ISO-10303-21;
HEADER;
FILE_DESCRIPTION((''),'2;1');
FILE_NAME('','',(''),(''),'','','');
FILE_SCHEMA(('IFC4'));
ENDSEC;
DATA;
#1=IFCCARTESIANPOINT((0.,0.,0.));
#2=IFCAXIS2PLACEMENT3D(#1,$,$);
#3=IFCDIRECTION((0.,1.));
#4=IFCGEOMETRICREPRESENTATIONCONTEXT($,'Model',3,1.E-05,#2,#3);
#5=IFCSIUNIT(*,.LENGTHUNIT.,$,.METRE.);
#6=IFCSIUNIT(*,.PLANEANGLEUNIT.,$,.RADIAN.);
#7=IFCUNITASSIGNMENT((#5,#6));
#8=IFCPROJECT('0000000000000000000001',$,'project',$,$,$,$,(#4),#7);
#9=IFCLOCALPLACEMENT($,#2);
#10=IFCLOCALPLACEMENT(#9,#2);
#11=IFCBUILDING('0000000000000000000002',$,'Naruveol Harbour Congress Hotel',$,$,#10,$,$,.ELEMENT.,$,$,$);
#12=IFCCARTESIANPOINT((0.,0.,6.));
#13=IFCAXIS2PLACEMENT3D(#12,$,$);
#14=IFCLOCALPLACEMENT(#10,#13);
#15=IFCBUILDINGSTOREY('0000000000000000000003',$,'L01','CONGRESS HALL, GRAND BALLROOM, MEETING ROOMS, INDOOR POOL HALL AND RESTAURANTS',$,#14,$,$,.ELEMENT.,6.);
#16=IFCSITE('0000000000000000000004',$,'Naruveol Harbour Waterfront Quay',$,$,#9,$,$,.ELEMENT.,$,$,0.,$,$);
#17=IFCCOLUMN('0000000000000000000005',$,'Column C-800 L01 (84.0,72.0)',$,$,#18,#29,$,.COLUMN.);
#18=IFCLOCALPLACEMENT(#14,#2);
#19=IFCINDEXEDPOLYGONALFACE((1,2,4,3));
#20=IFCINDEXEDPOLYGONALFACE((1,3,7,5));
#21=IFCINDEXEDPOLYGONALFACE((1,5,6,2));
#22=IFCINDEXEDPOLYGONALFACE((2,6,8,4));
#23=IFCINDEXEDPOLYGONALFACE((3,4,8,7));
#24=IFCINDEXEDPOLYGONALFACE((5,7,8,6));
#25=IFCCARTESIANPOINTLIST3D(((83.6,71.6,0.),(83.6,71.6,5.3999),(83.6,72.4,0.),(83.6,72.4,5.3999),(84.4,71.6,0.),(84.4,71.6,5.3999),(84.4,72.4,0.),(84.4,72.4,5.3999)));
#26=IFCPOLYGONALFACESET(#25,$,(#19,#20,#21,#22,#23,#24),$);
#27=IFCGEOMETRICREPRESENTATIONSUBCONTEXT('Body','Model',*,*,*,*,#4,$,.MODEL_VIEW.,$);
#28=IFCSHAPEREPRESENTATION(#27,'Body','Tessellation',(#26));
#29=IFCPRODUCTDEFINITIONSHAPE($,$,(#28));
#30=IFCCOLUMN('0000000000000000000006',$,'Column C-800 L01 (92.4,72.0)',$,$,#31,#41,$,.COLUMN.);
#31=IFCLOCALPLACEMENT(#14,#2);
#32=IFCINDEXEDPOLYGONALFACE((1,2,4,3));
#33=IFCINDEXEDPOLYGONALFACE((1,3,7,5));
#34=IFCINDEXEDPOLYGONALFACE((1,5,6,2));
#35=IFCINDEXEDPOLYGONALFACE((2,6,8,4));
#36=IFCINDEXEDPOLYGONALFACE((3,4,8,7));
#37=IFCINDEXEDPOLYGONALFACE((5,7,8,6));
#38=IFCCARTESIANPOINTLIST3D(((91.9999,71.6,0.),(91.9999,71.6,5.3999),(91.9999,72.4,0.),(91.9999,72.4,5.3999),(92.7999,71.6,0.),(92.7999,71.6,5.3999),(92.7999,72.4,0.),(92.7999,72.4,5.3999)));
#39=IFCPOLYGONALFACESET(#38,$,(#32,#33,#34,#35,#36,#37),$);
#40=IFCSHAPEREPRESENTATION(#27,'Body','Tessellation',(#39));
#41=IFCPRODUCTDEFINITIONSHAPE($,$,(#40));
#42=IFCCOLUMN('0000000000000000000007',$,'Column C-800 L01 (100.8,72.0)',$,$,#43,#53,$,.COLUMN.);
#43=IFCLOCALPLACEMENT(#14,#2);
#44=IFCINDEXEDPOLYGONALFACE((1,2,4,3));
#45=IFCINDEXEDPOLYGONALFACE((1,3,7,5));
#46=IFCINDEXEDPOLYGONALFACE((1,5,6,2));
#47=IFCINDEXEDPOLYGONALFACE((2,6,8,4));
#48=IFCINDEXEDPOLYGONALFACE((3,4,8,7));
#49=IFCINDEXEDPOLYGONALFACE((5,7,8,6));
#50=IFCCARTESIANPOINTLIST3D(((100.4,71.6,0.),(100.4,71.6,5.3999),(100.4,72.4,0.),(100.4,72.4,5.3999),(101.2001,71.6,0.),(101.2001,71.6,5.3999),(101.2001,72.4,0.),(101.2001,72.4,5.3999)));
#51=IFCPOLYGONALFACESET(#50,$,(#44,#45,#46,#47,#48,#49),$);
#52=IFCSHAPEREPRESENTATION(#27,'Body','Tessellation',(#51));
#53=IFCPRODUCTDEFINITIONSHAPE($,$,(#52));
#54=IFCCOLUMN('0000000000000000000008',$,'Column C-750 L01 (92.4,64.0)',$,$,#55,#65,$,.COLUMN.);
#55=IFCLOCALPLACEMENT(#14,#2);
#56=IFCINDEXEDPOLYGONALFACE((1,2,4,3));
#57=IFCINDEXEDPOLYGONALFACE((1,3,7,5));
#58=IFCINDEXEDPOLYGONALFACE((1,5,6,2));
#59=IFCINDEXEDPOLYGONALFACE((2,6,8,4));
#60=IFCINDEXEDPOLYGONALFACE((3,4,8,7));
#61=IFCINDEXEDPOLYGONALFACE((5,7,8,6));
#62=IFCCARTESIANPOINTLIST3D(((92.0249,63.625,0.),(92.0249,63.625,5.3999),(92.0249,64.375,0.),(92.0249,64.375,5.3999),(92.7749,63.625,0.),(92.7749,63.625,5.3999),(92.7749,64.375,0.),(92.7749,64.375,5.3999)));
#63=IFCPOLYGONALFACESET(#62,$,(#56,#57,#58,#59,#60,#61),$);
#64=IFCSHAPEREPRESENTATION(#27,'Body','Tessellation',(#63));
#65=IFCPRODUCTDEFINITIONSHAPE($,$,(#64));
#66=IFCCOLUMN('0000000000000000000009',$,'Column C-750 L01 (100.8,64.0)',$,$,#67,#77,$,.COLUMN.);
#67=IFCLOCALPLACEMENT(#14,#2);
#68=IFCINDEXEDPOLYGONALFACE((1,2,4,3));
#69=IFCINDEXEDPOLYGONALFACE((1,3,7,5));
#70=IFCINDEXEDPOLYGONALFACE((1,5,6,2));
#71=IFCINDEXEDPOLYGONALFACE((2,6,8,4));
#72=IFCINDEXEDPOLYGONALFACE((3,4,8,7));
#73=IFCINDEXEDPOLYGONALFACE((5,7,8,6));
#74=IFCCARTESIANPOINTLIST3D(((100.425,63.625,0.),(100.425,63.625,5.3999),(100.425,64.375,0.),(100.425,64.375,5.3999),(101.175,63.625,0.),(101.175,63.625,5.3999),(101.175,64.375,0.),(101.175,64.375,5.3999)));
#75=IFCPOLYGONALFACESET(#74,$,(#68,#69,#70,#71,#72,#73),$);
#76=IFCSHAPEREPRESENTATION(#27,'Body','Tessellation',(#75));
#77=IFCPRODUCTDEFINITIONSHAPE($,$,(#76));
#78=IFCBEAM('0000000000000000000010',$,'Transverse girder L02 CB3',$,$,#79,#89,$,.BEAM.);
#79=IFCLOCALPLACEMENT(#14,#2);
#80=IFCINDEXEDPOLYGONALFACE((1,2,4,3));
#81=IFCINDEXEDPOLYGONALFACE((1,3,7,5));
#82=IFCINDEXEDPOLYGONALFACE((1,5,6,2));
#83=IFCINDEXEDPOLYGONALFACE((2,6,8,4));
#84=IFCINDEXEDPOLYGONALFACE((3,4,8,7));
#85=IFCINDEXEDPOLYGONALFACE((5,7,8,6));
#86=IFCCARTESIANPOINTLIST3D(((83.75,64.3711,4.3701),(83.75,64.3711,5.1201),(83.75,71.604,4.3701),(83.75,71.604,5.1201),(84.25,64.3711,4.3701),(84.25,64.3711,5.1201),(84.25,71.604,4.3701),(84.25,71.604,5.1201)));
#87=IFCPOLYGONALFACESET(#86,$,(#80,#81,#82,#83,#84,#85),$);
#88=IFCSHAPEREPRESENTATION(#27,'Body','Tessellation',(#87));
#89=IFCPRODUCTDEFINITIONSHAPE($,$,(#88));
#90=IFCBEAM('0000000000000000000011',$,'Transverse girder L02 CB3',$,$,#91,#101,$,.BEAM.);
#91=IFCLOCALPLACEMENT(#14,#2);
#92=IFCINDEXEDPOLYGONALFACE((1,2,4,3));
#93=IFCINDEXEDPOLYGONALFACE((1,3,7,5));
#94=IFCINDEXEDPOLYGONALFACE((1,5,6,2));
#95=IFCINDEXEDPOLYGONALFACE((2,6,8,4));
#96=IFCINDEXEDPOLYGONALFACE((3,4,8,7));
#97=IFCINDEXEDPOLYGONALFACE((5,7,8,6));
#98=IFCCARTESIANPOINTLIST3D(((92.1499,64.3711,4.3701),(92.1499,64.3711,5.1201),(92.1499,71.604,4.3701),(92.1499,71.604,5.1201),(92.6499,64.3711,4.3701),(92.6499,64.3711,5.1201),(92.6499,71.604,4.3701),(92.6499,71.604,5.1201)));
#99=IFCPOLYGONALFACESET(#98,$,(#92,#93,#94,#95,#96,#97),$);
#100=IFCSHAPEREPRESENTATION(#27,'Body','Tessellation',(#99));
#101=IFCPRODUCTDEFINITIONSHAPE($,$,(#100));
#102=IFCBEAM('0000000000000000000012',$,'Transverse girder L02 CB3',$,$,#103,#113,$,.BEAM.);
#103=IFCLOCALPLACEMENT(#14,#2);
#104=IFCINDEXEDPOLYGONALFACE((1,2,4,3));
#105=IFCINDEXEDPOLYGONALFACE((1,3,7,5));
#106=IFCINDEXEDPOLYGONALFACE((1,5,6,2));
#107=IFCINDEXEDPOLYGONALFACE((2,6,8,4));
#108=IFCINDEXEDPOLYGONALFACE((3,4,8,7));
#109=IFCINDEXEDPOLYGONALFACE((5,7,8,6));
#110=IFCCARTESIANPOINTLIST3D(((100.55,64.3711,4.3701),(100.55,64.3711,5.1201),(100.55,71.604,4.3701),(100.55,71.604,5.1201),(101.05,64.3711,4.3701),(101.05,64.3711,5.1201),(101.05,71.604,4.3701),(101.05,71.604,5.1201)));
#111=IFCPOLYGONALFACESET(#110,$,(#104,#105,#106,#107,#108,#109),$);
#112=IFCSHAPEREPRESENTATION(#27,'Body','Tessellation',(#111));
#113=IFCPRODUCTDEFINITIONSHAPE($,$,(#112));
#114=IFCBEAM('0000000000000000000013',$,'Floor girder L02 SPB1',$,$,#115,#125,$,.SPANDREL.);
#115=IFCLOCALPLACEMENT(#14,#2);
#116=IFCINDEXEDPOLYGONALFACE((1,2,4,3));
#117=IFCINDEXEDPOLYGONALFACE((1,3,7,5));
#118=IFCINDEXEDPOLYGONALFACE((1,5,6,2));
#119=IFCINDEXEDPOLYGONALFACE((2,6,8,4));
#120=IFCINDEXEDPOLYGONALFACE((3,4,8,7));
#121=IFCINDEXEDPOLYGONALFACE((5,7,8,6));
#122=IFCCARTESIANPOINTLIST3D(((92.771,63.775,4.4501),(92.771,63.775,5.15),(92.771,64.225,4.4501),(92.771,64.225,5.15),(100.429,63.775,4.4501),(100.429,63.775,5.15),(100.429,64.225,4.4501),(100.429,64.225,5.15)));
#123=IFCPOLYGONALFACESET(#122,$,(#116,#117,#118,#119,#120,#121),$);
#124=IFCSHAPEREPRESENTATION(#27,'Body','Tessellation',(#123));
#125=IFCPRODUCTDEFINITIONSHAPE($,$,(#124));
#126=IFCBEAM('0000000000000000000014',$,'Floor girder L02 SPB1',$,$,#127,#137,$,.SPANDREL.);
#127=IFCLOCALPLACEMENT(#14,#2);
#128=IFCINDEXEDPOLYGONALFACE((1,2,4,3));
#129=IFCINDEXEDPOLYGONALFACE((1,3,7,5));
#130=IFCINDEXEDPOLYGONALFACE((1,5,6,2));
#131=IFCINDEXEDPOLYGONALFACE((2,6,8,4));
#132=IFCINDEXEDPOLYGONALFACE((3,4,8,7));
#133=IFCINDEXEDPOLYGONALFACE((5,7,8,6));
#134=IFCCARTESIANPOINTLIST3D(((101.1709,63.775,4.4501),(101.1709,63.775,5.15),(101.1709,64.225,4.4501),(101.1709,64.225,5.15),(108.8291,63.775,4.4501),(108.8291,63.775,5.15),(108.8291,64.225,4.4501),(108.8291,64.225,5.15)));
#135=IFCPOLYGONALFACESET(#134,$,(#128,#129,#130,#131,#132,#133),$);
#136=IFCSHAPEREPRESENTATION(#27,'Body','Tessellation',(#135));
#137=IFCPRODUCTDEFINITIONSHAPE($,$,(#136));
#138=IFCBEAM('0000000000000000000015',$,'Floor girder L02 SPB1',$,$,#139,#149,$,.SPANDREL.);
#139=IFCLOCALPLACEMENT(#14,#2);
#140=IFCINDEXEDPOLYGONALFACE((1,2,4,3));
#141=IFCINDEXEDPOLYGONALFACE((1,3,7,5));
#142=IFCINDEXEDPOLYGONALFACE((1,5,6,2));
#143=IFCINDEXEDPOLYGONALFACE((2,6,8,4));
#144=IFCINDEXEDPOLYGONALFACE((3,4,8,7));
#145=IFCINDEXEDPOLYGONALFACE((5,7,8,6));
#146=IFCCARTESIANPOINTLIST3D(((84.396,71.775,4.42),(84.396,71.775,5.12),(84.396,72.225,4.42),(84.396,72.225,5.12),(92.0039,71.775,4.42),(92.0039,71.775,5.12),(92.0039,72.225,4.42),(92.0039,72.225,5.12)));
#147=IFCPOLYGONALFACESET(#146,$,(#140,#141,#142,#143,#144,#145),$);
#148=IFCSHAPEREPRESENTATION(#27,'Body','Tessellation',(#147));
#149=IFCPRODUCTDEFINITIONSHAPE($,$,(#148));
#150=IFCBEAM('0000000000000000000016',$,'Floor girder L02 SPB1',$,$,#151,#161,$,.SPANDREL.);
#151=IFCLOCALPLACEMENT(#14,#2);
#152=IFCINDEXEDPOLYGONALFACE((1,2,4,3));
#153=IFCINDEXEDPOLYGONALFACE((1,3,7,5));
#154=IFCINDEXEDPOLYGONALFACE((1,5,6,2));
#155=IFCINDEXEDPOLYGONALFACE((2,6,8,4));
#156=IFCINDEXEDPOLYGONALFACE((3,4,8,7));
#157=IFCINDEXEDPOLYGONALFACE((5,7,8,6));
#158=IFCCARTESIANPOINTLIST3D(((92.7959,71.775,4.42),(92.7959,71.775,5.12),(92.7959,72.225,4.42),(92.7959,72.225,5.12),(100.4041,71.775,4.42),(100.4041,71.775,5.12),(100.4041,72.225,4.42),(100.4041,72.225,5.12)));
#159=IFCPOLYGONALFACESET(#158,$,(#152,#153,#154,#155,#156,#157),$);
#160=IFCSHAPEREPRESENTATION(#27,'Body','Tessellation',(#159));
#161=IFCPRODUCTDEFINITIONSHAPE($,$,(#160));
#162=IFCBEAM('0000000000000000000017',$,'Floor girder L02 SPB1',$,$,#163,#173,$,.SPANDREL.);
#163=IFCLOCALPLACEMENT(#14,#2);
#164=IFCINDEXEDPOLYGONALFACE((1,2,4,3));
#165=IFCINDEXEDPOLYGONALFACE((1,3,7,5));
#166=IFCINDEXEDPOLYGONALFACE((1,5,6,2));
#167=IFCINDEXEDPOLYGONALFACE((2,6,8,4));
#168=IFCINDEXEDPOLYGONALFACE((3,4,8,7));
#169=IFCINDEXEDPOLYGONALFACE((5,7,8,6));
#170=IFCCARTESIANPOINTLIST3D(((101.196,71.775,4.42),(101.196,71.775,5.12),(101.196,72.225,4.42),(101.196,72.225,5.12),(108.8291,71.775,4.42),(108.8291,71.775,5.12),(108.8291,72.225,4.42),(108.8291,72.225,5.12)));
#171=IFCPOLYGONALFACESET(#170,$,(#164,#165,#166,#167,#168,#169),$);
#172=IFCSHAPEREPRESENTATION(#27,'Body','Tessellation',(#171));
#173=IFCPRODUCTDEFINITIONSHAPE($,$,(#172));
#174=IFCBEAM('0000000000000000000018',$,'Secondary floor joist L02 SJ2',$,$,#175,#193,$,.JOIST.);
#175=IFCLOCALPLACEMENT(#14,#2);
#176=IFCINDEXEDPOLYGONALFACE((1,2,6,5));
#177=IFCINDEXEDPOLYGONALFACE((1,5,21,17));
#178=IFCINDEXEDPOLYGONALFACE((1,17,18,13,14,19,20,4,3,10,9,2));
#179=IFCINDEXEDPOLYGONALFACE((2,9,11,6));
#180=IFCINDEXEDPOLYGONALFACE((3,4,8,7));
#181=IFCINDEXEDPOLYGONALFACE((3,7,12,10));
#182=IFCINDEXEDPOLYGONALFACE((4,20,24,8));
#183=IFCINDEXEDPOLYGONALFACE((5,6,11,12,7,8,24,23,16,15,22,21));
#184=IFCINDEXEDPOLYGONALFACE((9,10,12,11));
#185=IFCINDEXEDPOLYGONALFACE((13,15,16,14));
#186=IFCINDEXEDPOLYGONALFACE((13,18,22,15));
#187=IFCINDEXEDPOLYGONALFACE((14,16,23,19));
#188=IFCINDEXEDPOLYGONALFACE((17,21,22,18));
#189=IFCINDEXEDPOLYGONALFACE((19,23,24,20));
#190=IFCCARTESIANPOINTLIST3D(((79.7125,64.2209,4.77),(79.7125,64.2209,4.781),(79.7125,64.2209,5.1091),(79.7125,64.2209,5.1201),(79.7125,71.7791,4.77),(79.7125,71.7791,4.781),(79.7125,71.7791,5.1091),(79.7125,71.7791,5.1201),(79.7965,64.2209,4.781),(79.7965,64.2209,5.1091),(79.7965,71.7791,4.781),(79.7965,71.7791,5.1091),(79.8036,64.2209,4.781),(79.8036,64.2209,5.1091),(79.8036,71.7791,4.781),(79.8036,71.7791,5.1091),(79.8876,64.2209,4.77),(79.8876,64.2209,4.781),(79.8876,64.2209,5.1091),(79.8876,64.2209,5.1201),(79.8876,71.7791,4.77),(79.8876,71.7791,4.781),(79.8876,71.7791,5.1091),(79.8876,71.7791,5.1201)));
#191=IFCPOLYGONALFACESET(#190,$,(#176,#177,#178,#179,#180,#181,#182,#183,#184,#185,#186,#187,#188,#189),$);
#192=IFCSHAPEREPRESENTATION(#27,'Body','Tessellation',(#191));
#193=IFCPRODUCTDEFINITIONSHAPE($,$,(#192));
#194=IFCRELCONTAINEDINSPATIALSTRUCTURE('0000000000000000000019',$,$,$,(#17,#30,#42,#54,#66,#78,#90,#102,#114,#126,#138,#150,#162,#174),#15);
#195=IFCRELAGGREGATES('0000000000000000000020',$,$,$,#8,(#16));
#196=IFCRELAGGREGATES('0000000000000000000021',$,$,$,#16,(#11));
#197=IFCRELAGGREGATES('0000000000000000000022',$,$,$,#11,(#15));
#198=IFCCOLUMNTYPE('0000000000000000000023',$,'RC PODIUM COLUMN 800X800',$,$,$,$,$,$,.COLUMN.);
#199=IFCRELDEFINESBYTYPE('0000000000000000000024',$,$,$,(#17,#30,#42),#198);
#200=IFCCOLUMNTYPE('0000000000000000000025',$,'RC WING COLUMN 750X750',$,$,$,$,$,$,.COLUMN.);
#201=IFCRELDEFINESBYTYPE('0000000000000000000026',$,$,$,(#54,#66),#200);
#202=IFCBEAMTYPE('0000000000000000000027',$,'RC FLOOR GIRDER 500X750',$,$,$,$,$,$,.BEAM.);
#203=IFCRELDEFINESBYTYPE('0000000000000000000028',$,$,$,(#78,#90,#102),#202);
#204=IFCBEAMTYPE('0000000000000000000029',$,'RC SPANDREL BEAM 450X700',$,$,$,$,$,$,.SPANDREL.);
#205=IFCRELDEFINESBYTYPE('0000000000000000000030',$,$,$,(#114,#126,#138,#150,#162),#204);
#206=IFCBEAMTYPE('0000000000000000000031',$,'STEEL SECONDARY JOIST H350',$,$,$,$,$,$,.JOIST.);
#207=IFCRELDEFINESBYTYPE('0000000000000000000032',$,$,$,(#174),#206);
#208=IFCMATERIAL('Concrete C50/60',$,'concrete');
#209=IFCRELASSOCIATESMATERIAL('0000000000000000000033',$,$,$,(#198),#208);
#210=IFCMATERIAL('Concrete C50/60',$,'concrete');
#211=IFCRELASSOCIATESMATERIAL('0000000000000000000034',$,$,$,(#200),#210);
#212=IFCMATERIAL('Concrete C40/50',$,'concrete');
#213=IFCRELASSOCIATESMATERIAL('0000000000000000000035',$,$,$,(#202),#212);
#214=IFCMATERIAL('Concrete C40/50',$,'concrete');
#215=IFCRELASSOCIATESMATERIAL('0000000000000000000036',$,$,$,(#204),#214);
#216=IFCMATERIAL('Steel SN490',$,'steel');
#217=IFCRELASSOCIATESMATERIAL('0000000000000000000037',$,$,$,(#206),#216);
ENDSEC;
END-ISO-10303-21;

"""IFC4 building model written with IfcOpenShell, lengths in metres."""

from ifc_helpers import new_model, si_unit, direction, frame, origin, origin_2d, place, context, subcontext, project, spatial, rectangle, i_section, extrude, material, material_profile, profile_set, type_object, element, save


model = new_model("IFC4")

# Units and contexts
model_context = context("Model", 3, precision=1e-05, world=origin(), true_north=direction((0.0, 1.0)))
body_context = subcontext(model_context, "Body", "Model", "MODEL_VIEW")
ifc_project = project(units=[si_unit("LENGTHUNIT", "METRE"), si_unit("PLANEANGLEUNIT", "RADIAN")], contexts=[model_context])

# Site, building, storey
site_placement = place(None, origin())
site = spatial("IfcSite", under=ifc_project, at=site_placement, Name="Naruveol Harbour Waterfront Quay", CompositionType="ELEMENT", RefElevation=0.0)
building_placement = place(site_placement, origin())
building = spatial("IfcBuilding", under=site, at=building_placement, Name="Naruveol Harbour Congress Hotel", CompositionType="ELEMENT")
storey_placement = place(building_placement, frame((0.0, 0.0, 6.0)))
storey = spatial("IfcBuildingStorey", under=building, at=storey_placement, Name="L01", Description="CONGRESS HALL, GRAND BALLROOM, MEETING ROOMS, INDOOR POOL HALL AND RESTAURANTS", CompositionType="ELEMENT", Elevation=6.0)

# Columns
ifc_material_1 = material(Name="Concrete C50/60", Category="concrete")
ifc_material_profile_1 = material_profile(ifc_material_1, rectangle(XDim=0.8, YDim=0.8, at=origin_2d()), Name="RC-800x800")
ifc_profile_set_1 = profile_set([ifc_material_profile_1], Name="Concrete C50/60")
column_type_1 = type_object("IfcColumnType", Name="RC PODIUM COLUMN 800X800", PredefinedType="COLUMN", material=ifc_profile_set_1)
for number, where, z_axis, x_axis, name in (
    (1, (84.0, 72.0, 0.0), (0.0, 0.0, 1.0), (1.0, 0.0, 0.0), "Column C-800 L01 (84.0,72.0)"),
    (2, (92.3999, 72.0, 0.0), (0.0, 0.0, 1.0), (1.0, 0.0, 0.0), "Column C-800 L01 (92.4,72.0)"),
    (3, (100.8, 72.0, 0.0), (0.0, 0.0, 1.0), (1.0, 0.0, 0.0), "Column C-800 L01 (100.8,72.0)"),
):
    element("IfcColumn", number, at=place(storey_placement, frame(where, z_axis=z_axis, x_axis=x_axis)), inside=storey, type_object=column_type_1, Name=name, PredefinedType="COLUMN", context=body_context, shape_type="SweptSolid", body=[
        extrude(rectangle(XDim=0.8, YDim=0.8, at=origin_2d()), origin(), (0.0, 0.0, 1.0), 5.3999),
    ])
ifc_material_2 = material(Name="Concrete C50/60", Category="concrete")
ifc_material_profile_2 = material_profile(ifc_material_2, rectangle(XDim=0.75, YDim=0.75, at=origin_2d()), Name="RC-750x750")
ifc_profile_set_2 = profile_set([ifc_material_profile_2], Name="Concrete C50/60")
column_type_2 = type_object("IfcColumnType", Name="RC WING COLUMN 750X750", PredefinedType="COLUMN", material=ifc_profile_set_2)
for number, where, z_axis, x_axis, name in (
    (4, (92.3999, 64.0, 0.0), (0.0, 0.0, 1.0), (1.0, 0.0, 0.0), "Column C-750 L01 (92.4,64.0)"),
    (5, (100.8, 64.0, 0.0), (0.0, 0.0, 1.0), (1.0, 0.0, 0.0), "Column C-750 L01 (100.8,64.0)"),
):
    element("IfcColumn", number, at=place(storey_placement, frame(where, z_axis=z_axis, x_axis=x_axis)), inside=storey, type_object=column_type_2, Name=name, PredefinedType="COLUMN", context=body_context, shape_type="SweptSolid", body=[
        extrude(rectangle(XDim=0.75, YDim=0.75, at=origin_2d()), origin(), (0.0, 0.0, 1.0), 5.3999),
    ])

# Beams
ifc_material_3 = material(Name="Concrete C40/50", Category="concrete")
ifc_material_profile_3 = material_profile(ifc_material_3, rectangle(XDim=0.5, YDim=0.75, at=origin_2d()), Name="RCB-500x750")
ifc_profile_set_3 = profile_set([ifc_material_profile_3], Name="Concrete C40/50")
beam_type_1 = type_object("IfcBeamType", Name="RC FLOOR GIRDER 500X750", PredefinedType="BEAM", material=ifc_profile_set_3)
for number, where, z_axis, x_axis, name in (
    (6, (84.0, 64.3711, 4.7451), (0.0, 1.0, 0.0), (-1.0, 0.0, 0.0), "Transverse girder L02 CB3"),
    (7, (92.3999, 64.3711, 4.7451), (0.0, 1.0, 0.0), (-1.0, 0.0, 0.0), "Transverse girder L02 CB3"),
    (8, (100.8, 64.3711, 4.7451), (0.0, 1.0, 0.0), (-1.0, 0.0, 0.0), "Transverse girder L02 CB3"),
):
    element("IfcBeam", number, at=place(storey_placement, frame(where, z_axis=z_axis, x_axis=x_axis)), inside=storey, type_object=beam_type_1, Name=name, PredefinedType="BEAM", context=body_context, shape_type="SweptSolid", body=[
        extrude(rectangle(XDim=0.5, YDim=0.75, at=origin_2d()), origin(), (0.0, 0.0, 1.0), 7.2329),
    ])
ifc_material_4 = material(Name="Concrete C40/50", Category="concrete")
ifc_material_profile_4 = material_profile(ifc_material_4, rectangle(XDim=0.45, YDim=0.7, at=origin_2d()), Name="RCB-450x700")
ifc_profile_set_4 = profile_set([ifc_material_profile_4], Name="Concrete C40/50")
beam_type_2 = type_object("IfcBeamType", Name="RC SPANDREL BEAM 450X700", PredefinedType="SPANDREL", material=ifc_profile_set_4)
beam_1_placement = place(storey_placement, frame((92.771, 64.0, 4.8), z_axis=(1.0, 0.0, 0.0), x_axis=(0.0, 1.0, 0.0)))
element("IfcBeam", 9, at=beam_1_placement, inside=storey, type_object=beam_type_2, Name="Floor girder L02 SPB1", PredefinedType="SPANDREL", context=body_context, shape_type="SweptSolid", body=[
    extrude(rectangle(XDim=0.45, YDim=0.7, at=origin_2d()), origin(), (0.0, 0.0, 1.0), 7.658),
])
beam_2_placement = place(storey_placement, frame((101.1709, 64.0, 4.8), z_axis=(1.0, 0.0, 0.0), x_axis=(0.0, 1.0, 0.0)))
element("IfcBeam", 10, at=beam_2_placement, inside=storey, type_object=beam_type_2, Name="Floor girder L02 SPB1", PredefinedType="SPANDREL", context=body_context, shape_type="SweptSolid", body=[
    extrude(rectangle(XDim=0.45, YDim=0.7, at=origin_2d()), origin(), (0.0, 0.0, 1.0), 7.6582),
])
beam_3_placement = place(storey_placement, frame((84.396, 72.0, 4.77), z_axis=(1.0, 0.0, 0.0), x_axis=(0.0, 1.0, 0.0)))
element("IfcBeam", 11, at=beam_3_placement, inside=storey, type_object=beam_type_2, Name="Floor girder L02 SPB1", PredefinedType="SPANDREL", context=body_context, shape_type="SweptSolid", body=[
    extrude(rectangle(XDim=0.45, YDim=0.7, at=origin_2d()), origin(), (0.0, 0.0, 1.0), 7.6079),
])
beam_4_placement = place(storey_placement, frame((92.7959, 72.0, 4.77), z_axis=(1.0, 0.0, 0.0), x_axis=(0.0, 1.0, 0.0)))
element("IfcBeam", 12, at=beam_4_placement, inside=storey, type_object=beam_type_2, Name="Floor girder L02 SPB1", PredefinedType="SPANDREL", context=body_context, shape_type="SweptSolid", body=[
    extrude(rectangle(XDim=0.45, YDim=0.7, at=origin_2d()), origin(), (0.0, 0.0, 1.0), 7.6082),
])
beam_5_placement = place(storey_placement, frame((101.196, 72.0, 4.77), z_axis=(1.0, 0.0, 0.0), x_axis=(0.0, 1.0, 0.0)))
element("IfcBeam", 13, at=beam_5_placement, inside=storey, type_object=beam_type_2, Name="Floor girder L02 SPB1", PredefinedType="SPANDREL", context=body_context, shape_type="SweptSolid", body=[
    extrude(rectangle(XDim=0.45, YDim=0.7, at=origin_2d()), origin(), (0.0, 0.0, 1.0), 7.6331),
])
ifc_material_5 = material(Name="Steel SN490", Category="steel")
ifc_material_profile_5 = material_profile(ifc_material_5, i_section(OverallWidth=0.175, OverallDepth=0.3501, WebThickness=0.0071, FlangeThickness=0.011, at=origin_2d()), Name="H-350x175x7x11")
ifc_profile_set_5 = profile_set([ifc_material_profile_5], Name="Steel SN490")
beam_type_3 = type_object("IfcBeamType", Name="STEEL SECONDARY JOIST H350", PredefinedType="JOIST", material=ifc_profile_set_5)
for number, where, z_axis, x_axis, name in (
    (14, (79.8, 64.2209, 4.9451), (0.0, 1.0, 0.0), (-1.0, 0.0, 0.0), "Secondary floor joist L02 SJ2"),
):
    element("IfcBeam", number, at=place(storey_placement, frame(where, z_axis=z_axis, x_axis=x_axis)), inside=storey, type_object=beam_type_3, Name=name, PredefinedType="JOIST", context=body_context, shape_type="SweptSolid", body=[
        extrude(i_section(OverallWidth=0.175, OverallDepth=0.3501, WebThickness=0.0071, FlangeThickness=0.011, at=origin_2d()), origin(), (0.0, 0.0, 1.0), 7.5581),
    ])

save(model, "model.ifc")
